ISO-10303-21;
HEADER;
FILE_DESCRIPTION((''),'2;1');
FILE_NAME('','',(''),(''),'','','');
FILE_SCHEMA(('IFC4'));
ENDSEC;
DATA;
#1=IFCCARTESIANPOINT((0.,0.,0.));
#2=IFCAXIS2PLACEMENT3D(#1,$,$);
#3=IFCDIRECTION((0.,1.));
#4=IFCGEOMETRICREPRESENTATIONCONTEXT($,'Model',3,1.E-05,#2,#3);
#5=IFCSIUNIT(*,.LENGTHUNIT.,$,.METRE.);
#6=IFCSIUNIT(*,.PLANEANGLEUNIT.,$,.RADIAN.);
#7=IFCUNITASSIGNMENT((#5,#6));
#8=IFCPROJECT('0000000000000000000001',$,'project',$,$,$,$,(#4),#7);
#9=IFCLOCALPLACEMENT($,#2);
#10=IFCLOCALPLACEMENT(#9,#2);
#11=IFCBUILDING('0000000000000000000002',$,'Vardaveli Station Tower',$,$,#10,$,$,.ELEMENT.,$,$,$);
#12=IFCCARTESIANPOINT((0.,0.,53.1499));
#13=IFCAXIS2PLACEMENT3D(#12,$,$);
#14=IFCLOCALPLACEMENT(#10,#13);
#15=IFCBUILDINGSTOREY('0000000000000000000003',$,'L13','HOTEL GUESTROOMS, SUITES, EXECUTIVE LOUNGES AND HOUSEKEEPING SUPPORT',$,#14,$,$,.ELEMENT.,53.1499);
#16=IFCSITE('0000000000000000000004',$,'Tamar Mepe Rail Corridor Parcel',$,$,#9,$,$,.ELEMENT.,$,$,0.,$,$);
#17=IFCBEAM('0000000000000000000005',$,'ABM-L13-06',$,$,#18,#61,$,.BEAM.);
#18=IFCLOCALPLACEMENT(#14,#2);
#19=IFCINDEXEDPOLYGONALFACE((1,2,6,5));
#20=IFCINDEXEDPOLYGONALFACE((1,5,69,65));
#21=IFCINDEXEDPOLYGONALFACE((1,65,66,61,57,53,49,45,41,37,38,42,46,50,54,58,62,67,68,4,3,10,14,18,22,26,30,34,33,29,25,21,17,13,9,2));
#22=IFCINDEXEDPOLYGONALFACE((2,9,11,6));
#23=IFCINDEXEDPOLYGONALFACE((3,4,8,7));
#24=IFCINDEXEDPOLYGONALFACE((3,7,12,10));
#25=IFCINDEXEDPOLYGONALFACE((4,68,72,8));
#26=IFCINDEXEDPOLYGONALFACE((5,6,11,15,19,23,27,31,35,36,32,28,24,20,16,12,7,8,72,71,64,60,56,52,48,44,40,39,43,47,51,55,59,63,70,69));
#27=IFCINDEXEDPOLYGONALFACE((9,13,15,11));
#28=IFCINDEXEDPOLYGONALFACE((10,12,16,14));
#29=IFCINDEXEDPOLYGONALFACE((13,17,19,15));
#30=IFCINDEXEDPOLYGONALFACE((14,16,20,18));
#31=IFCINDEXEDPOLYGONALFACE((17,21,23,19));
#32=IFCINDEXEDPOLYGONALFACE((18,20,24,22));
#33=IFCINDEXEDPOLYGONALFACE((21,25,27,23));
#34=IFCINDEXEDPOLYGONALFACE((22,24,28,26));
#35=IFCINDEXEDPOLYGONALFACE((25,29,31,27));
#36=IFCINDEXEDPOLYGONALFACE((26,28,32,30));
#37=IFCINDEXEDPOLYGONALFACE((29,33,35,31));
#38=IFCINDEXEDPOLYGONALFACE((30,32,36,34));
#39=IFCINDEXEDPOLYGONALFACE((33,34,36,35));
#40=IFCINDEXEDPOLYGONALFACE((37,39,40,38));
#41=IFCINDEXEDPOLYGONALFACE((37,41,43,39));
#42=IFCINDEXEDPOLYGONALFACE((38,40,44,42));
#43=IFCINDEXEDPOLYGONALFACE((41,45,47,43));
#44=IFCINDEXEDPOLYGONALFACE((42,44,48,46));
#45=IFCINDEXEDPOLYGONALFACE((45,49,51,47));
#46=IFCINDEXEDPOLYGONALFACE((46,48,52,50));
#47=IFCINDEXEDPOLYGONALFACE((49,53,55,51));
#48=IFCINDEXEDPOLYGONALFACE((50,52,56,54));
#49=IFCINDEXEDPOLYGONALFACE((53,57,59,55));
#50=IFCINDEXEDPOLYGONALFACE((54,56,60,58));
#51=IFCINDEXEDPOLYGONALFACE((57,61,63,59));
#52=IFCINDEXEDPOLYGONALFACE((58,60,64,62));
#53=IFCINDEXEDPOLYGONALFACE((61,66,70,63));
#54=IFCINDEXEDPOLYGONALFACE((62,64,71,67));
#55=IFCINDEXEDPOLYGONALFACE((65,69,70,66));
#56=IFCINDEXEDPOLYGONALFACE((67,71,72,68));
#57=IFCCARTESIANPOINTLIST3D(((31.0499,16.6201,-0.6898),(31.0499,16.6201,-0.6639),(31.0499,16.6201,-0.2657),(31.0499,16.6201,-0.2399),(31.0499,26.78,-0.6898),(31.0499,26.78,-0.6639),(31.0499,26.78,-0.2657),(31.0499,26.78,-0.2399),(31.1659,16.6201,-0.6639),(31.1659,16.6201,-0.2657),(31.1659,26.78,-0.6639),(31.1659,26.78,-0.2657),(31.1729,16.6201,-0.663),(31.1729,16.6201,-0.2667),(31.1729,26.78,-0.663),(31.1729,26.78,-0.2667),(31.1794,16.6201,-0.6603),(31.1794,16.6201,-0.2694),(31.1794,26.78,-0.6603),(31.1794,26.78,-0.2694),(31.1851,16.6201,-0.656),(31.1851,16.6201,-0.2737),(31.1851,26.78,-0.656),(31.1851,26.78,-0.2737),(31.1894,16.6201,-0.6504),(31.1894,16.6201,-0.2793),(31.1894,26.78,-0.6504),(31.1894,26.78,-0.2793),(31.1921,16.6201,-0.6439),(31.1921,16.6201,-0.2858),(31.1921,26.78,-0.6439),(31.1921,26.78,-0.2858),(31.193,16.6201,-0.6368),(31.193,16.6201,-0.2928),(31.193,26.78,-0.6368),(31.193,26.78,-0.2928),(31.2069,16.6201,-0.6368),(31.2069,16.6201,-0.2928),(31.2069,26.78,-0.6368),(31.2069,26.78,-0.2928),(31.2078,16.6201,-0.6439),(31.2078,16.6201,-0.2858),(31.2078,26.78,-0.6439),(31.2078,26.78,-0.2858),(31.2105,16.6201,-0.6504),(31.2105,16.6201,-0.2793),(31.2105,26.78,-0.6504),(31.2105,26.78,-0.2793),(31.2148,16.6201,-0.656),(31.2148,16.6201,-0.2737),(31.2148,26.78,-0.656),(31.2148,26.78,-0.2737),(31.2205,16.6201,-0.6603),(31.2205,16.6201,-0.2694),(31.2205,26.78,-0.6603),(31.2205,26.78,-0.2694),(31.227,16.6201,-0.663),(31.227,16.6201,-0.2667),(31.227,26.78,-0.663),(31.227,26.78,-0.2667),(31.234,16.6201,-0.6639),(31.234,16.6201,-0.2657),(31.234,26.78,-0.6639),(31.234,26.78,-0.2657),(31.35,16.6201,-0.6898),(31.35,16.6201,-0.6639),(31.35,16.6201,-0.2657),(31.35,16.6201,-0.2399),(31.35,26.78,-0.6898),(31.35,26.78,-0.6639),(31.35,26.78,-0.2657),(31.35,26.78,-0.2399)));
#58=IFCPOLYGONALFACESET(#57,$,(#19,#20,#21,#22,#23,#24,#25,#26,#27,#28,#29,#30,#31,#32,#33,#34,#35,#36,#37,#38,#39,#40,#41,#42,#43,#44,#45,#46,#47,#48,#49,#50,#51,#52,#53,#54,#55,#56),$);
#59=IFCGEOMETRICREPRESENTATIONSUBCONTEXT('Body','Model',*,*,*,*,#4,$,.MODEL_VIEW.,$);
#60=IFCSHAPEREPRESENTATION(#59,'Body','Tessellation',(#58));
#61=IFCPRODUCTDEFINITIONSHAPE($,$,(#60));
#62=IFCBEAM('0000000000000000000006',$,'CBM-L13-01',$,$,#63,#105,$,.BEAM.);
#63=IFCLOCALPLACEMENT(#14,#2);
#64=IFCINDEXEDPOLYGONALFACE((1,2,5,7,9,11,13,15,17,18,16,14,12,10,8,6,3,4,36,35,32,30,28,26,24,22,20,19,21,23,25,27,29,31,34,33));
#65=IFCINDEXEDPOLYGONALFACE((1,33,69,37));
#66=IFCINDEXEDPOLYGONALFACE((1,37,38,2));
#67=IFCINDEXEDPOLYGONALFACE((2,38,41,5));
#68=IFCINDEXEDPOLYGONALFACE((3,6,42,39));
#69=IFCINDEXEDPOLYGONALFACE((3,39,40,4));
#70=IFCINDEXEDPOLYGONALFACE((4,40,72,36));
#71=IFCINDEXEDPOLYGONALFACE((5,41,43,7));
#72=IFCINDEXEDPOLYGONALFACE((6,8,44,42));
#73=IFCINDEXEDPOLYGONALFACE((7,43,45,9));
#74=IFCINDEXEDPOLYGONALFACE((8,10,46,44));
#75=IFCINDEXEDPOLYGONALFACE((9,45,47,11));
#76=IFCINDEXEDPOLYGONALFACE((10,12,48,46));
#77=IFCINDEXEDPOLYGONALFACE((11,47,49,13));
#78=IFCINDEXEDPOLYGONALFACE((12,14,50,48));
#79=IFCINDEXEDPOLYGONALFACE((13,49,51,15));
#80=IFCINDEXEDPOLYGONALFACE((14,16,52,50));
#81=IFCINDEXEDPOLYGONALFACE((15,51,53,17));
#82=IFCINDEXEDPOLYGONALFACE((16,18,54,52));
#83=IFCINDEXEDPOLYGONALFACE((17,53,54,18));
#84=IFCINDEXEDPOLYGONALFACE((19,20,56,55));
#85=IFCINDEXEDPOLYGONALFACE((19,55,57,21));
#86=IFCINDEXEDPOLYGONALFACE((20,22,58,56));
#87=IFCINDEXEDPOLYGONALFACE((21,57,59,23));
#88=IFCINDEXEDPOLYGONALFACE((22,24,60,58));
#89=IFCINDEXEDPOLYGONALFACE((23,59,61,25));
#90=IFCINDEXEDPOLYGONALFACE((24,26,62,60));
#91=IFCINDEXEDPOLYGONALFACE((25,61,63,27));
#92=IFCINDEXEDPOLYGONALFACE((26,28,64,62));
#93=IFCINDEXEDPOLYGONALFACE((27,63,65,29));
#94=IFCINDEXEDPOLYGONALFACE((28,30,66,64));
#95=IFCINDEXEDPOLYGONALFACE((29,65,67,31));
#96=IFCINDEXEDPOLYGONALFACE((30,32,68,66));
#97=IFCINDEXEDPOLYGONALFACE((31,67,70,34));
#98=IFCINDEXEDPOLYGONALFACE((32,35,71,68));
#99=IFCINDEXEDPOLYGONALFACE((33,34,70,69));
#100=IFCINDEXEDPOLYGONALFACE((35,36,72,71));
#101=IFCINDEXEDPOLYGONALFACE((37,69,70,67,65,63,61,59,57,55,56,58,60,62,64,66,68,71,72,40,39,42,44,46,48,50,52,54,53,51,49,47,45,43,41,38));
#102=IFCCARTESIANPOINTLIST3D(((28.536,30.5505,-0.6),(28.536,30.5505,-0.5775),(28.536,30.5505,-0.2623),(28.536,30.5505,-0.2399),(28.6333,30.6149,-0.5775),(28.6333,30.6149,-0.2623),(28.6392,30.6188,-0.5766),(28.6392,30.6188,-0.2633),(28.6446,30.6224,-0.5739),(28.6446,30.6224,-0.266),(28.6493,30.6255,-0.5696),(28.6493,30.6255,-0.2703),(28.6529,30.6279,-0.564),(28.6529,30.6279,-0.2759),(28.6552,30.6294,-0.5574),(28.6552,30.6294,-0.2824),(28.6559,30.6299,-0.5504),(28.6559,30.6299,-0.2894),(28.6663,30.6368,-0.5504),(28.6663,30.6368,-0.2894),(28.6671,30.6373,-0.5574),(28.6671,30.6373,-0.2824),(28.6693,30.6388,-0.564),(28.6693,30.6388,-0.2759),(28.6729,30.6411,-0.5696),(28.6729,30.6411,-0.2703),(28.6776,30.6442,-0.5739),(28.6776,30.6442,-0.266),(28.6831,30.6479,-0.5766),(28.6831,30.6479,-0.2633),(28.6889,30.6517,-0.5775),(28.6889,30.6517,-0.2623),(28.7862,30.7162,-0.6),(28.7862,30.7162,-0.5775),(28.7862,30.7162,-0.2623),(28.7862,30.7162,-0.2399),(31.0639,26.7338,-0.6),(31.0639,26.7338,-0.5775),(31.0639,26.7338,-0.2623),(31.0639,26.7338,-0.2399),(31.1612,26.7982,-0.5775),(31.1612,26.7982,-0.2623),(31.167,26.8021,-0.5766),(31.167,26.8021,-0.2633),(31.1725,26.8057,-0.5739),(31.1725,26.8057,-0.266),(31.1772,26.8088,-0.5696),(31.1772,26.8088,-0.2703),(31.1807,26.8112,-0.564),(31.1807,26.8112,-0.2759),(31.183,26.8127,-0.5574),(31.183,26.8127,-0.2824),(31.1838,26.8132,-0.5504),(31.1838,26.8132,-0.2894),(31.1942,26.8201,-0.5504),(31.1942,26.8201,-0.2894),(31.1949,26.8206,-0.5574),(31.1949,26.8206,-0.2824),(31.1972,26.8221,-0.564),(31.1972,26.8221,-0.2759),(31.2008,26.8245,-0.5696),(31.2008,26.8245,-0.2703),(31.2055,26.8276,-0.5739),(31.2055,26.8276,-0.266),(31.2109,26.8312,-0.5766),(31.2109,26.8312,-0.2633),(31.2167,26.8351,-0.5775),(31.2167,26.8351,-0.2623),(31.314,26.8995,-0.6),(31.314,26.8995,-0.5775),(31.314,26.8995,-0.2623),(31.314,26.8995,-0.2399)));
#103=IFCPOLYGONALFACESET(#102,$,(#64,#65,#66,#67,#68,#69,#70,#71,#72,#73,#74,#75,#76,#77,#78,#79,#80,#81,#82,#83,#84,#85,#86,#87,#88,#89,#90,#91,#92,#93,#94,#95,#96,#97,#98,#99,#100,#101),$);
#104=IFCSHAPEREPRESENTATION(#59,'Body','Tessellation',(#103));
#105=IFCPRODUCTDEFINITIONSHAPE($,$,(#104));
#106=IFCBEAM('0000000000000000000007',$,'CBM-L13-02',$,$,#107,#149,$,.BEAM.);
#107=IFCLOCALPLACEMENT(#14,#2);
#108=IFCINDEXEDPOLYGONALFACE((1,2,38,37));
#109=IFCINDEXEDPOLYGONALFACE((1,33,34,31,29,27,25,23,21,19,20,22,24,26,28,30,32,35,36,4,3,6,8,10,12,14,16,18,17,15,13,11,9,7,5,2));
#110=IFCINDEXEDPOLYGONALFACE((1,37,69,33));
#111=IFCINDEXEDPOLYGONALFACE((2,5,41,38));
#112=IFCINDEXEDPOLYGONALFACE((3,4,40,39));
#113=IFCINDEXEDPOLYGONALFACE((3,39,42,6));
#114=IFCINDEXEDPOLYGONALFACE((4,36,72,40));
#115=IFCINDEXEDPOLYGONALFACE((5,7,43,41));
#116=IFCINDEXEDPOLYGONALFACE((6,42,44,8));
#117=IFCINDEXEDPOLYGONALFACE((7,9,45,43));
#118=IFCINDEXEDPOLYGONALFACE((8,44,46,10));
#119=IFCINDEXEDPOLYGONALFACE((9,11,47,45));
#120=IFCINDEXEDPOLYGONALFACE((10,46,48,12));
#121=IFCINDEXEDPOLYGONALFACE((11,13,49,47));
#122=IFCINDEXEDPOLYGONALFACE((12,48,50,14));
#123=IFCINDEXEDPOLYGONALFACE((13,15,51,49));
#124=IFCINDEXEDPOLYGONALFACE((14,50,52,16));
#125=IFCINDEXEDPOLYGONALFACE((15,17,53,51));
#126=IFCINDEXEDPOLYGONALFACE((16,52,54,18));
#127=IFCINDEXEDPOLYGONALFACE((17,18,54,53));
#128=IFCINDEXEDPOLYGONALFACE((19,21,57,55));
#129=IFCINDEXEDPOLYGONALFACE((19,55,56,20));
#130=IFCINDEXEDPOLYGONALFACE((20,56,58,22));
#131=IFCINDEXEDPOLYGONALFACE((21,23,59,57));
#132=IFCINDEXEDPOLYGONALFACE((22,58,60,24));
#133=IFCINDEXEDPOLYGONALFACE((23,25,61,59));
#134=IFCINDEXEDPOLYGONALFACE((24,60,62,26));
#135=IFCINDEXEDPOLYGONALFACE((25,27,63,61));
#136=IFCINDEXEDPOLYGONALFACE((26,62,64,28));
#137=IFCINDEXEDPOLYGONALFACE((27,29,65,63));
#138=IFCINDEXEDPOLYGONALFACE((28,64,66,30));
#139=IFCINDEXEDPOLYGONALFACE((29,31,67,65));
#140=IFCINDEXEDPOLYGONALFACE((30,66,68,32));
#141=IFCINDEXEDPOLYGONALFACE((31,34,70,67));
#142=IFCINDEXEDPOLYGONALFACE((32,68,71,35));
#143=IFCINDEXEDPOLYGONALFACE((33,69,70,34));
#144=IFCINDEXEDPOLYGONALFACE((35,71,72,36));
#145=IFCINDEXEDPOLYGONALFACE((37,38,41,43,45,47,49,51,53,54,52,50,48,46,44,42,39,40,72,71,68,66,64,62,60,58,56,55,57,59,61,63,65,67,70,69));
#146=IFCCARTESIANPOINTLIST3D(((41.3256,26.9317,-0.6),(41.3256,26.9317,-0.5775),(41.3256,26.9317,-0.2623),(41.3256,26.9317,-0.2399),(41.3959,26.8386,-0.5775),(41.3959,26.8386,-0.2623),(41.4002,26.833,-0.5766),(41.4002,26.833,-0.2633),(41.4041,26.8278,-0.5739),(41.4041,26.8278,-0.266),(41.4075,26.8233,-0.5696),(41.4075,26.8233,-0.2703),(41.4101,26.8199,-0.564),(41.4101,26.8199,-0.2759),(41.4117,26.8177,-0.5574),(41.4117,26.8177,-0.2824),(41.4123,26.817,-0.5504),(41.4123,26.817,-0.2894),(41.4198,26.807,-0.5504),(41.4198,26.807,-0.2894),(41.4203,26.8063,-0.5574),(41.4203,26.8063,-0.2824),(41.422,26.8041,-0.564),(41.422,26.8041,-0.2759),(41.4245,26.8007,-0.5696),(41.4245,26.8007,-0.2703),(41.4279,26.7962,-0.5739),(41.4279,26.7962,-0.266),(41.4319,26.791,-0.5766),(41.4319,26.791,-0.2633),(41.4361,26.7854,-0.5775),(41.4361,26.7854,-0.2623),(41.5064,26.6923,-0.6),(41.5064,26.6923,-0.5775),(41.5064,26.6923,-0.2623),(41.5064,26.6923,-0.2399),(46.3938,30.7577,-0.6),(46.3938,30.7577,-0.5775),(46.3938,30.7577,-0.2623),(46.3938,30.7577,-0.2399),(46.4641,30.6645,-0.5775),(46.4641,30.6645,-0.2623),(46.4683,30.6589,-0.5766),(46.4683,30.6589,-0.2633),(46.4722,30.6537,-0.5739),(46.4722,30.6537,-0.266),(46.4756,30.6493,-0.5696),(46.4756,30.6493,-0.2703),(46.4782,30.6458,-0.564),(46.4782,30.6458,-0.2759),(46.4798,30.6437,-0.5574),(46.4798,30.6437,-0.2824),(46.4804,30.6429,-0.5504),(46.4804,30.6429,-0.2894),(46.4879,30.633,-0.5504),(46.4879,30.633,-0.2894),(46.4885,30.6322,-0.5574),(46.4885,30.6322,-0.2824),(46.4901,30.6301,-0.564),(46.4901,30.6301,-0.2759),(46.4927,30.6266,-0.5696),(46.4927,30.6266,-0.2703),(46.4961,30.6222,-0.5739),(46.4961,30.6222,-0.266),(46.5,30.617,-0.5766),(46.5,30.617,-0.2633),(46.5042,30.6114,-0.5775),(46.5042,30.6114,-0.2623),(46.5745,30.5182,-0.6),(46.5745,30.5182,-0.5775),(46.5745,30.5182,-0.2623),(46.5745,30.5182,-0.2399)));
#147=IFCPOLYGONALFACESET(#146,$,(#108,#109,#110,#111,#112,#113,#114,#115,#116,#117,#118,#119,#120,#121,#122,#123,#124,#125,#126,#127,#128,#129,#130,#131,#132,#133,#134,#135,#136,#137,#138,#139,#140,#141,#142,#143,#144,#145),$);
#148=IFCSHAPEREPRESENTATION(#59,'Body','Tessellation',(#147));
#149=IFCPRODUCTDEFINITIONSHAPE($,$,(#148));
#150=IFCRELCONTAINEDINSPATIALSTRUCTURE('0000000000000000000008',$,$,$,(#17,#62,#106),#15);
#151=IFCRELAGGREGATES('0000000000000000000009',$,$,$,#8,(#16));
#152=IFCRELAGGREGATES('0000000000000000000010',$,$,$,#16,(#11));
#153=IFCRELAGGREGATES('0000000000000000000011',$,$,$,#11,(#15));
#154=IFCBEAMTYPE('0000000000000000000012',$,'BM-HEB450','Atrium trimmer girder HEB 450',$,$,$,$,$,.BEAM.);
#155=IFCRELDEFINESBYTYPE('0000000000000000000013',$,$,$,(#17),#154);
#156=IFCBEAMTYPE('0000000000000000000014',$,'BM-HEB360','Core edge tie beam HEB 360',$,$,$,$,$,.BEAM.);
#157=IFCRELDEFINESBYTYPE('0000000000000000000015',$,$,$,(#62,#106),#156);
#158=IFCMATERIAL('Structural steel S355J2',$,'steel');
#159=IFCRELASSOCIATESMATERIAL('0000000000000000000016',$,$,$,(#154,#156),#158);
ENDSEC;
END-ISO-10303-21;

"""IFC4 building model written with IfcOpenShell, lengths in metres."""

from ifc_helpers import new_model, si_unit, direction, frame, origin, origin_2d, place, context, subcontext, project, spatial, i_section, extrude, source, transform, mapped, material, material_profile, profile_set, type_object, element, save


model = new_model("IFC4")

# Units and contexts
model_context = context("Model", 3, precision=1e-05, world=origin(), true_north=direction((0.0, 1.0)))
body_context = subcontext(model_context, "Body", "Model", "MODEL_VIEW")
ifc_project = project(units=[si_unit("LENGTHUNIT", "METRE"), si_unit("PLANEANGLEUNIT", "RADIAN")], contexts=[model_context])

# Site, building, storey
site_placement = place(None, origin())
site = spatial("IfcSite", under=ifc_project, at=site_placement, Name="Tamar Mepe Rail Corridor Parcel", CompositionType="ELEMENT", RefElevation=0.0)
building_placement = place(site_placement, origin())
building = spatial("IfcBuilding", under=site, at=building_placement, Name="Vardaveli Station Tower", CompositionType="ELEMENT")
storey_placement = place(building_placement, frame((0.0, 0.0, 53.1499)))
storey = spatial("IfcBuildingStorey", under=building, at=storey_placement, Name="L13", Description="HOTEL GUESTROOMS, SUITES, EXECUTIVE LOUNGES AND HOUSEKEEPING SUPPORT", CompositionType="ELEMENT", Elevation=53.1499)

# Beams
ifc_material_1 = material(Name="Structural steel S355J2", Category="steel")
ifc_material_profile_1 = material_profile(ifc_material_1, i_section(OverallWidth=0.3, OverallDepth=0.45, WebThickness=0.0139, FlangeThickness=0.0259, FilletRadius=0.0271, at=origin_2d()), Name="HEB 450")
ifc_profile_set_1 = profile_set([ifc_material_profile_1], Name="Structural steel S355J2")
beam_type_1 = type_object("IfcBeamType", Name="BM-HEB450", Description="Atrium trimmer girder HEB 450", PredefinedType="BEAM", material=ifc_profile_set_1)
shared_shape_1 = source(origin(), body_context, "Body", "SweptSolid", [
    extrude(i_section(OverallWidth=0.3, OverallDepth=0.45, WebThickness=0.0139, FlangeThickness=0.0259, FilletRadius=0.0271, at=origin_2d()), origin(), (0.0, 0.0, 1.0), 10.1599),
])
for number, where, z_axis, x_axis, name in (
    (1, (31.2, 26.78, -0.4648), (0.0, -1.0, 0.0), (1.0, 0.0, 0.0), "ABM-L13-06"),
):
    element("IfcBeam", number, at=place(storey_placement, frame(where, z_axis=z_axis, x_axis=x_axis)), inside=storey, type_object=beam_type_1, Name=name, PredefinedType="BEAM", context=body_context, shape_type="MappedRepresentation", body=[
        mapped(shared_shape_1, transform((0.0, 0.0, 0.0), scale=1.0)),
    ])
ifc_material_profile_2 = material_profile(ifc_material_1, i_section(OverallWidth=0.3, OverallDepth=0.3601, WebThickness=0.0125, FlangeThickness=0.0225, FilletRadius=0.0271, at=origin_2d()), Name="HEB 360")
ifc_profile_set_2 = profile_set([ifc_material_profile_2], Name="Structural steel S355J2")
beam_type_2 = type_object("IfcBeamType", Name="BM-HEB360", Description="Core edge tie beam HEB 360", PredefinedType="BEAM", material=ifc_profile_set_2)
shared_shape_2 = source(origin(), body_context, "Body", "SweptSolid", [
    extrude(i_section(OverallWidth=0.3, OverallDepth=0.3601, WebThickness=0.0125, FlangeThickness=0.0225, FilletRadius=0.0271, at=origin_2d()), origin(), (0.0, 0.0, 1.0), 4.5779),
])
beam_1_placement = place(storey_placement, frame((31.189, 26.8167, -0.4199), z_axis=(-0.552187, 0.83372, 0.0), x_axis=(-0.83372, -0.552187, 0.0)))
element("IfcBeam", 2, at=beam_1_placement, inside=storey, type_object=beam_type_2, Name="CBM-L13-01", PredefinedType="BEAM", context=body_context, shape_type="MappedRepresentation", body=[
    mapped(shared_shape_2, transform((0.0, 0.0, 0.0), scale=1.0)),
])
shared_shape_3 = source(origin(), body_context, "Body", "SweptSolid", [
    extrude(i_section(OverallWidth=0.3, OverallDepth=0.3601, WebThickness=0.0125, FlangeThickness=0.0225, FilletRadius=0.0271, at=origin_2d()), origin(), (0.0, 0.0, 1.0), 6.3501),
])
beam_2_placement = place(storey_placement, frame((41.416, 26.812, -0.4199), z_axis=(0.798118, 0.602501, 0.0), x_axis=(-0.602501, 0.798118, 0.0)))
element("IfcBeam", 3, at=beam_2_placement, inside=storey, type_object=beam_type_2, Name="CBM-L13-02", PredefinedType="BEAM", context=body_context, shape_type="MappedRepresentation", body=[
    mapped(shared_shape_3, transform((0.0, 0.0, 0.0), scale=1.0)),
])

save(model, "model.ifc")
